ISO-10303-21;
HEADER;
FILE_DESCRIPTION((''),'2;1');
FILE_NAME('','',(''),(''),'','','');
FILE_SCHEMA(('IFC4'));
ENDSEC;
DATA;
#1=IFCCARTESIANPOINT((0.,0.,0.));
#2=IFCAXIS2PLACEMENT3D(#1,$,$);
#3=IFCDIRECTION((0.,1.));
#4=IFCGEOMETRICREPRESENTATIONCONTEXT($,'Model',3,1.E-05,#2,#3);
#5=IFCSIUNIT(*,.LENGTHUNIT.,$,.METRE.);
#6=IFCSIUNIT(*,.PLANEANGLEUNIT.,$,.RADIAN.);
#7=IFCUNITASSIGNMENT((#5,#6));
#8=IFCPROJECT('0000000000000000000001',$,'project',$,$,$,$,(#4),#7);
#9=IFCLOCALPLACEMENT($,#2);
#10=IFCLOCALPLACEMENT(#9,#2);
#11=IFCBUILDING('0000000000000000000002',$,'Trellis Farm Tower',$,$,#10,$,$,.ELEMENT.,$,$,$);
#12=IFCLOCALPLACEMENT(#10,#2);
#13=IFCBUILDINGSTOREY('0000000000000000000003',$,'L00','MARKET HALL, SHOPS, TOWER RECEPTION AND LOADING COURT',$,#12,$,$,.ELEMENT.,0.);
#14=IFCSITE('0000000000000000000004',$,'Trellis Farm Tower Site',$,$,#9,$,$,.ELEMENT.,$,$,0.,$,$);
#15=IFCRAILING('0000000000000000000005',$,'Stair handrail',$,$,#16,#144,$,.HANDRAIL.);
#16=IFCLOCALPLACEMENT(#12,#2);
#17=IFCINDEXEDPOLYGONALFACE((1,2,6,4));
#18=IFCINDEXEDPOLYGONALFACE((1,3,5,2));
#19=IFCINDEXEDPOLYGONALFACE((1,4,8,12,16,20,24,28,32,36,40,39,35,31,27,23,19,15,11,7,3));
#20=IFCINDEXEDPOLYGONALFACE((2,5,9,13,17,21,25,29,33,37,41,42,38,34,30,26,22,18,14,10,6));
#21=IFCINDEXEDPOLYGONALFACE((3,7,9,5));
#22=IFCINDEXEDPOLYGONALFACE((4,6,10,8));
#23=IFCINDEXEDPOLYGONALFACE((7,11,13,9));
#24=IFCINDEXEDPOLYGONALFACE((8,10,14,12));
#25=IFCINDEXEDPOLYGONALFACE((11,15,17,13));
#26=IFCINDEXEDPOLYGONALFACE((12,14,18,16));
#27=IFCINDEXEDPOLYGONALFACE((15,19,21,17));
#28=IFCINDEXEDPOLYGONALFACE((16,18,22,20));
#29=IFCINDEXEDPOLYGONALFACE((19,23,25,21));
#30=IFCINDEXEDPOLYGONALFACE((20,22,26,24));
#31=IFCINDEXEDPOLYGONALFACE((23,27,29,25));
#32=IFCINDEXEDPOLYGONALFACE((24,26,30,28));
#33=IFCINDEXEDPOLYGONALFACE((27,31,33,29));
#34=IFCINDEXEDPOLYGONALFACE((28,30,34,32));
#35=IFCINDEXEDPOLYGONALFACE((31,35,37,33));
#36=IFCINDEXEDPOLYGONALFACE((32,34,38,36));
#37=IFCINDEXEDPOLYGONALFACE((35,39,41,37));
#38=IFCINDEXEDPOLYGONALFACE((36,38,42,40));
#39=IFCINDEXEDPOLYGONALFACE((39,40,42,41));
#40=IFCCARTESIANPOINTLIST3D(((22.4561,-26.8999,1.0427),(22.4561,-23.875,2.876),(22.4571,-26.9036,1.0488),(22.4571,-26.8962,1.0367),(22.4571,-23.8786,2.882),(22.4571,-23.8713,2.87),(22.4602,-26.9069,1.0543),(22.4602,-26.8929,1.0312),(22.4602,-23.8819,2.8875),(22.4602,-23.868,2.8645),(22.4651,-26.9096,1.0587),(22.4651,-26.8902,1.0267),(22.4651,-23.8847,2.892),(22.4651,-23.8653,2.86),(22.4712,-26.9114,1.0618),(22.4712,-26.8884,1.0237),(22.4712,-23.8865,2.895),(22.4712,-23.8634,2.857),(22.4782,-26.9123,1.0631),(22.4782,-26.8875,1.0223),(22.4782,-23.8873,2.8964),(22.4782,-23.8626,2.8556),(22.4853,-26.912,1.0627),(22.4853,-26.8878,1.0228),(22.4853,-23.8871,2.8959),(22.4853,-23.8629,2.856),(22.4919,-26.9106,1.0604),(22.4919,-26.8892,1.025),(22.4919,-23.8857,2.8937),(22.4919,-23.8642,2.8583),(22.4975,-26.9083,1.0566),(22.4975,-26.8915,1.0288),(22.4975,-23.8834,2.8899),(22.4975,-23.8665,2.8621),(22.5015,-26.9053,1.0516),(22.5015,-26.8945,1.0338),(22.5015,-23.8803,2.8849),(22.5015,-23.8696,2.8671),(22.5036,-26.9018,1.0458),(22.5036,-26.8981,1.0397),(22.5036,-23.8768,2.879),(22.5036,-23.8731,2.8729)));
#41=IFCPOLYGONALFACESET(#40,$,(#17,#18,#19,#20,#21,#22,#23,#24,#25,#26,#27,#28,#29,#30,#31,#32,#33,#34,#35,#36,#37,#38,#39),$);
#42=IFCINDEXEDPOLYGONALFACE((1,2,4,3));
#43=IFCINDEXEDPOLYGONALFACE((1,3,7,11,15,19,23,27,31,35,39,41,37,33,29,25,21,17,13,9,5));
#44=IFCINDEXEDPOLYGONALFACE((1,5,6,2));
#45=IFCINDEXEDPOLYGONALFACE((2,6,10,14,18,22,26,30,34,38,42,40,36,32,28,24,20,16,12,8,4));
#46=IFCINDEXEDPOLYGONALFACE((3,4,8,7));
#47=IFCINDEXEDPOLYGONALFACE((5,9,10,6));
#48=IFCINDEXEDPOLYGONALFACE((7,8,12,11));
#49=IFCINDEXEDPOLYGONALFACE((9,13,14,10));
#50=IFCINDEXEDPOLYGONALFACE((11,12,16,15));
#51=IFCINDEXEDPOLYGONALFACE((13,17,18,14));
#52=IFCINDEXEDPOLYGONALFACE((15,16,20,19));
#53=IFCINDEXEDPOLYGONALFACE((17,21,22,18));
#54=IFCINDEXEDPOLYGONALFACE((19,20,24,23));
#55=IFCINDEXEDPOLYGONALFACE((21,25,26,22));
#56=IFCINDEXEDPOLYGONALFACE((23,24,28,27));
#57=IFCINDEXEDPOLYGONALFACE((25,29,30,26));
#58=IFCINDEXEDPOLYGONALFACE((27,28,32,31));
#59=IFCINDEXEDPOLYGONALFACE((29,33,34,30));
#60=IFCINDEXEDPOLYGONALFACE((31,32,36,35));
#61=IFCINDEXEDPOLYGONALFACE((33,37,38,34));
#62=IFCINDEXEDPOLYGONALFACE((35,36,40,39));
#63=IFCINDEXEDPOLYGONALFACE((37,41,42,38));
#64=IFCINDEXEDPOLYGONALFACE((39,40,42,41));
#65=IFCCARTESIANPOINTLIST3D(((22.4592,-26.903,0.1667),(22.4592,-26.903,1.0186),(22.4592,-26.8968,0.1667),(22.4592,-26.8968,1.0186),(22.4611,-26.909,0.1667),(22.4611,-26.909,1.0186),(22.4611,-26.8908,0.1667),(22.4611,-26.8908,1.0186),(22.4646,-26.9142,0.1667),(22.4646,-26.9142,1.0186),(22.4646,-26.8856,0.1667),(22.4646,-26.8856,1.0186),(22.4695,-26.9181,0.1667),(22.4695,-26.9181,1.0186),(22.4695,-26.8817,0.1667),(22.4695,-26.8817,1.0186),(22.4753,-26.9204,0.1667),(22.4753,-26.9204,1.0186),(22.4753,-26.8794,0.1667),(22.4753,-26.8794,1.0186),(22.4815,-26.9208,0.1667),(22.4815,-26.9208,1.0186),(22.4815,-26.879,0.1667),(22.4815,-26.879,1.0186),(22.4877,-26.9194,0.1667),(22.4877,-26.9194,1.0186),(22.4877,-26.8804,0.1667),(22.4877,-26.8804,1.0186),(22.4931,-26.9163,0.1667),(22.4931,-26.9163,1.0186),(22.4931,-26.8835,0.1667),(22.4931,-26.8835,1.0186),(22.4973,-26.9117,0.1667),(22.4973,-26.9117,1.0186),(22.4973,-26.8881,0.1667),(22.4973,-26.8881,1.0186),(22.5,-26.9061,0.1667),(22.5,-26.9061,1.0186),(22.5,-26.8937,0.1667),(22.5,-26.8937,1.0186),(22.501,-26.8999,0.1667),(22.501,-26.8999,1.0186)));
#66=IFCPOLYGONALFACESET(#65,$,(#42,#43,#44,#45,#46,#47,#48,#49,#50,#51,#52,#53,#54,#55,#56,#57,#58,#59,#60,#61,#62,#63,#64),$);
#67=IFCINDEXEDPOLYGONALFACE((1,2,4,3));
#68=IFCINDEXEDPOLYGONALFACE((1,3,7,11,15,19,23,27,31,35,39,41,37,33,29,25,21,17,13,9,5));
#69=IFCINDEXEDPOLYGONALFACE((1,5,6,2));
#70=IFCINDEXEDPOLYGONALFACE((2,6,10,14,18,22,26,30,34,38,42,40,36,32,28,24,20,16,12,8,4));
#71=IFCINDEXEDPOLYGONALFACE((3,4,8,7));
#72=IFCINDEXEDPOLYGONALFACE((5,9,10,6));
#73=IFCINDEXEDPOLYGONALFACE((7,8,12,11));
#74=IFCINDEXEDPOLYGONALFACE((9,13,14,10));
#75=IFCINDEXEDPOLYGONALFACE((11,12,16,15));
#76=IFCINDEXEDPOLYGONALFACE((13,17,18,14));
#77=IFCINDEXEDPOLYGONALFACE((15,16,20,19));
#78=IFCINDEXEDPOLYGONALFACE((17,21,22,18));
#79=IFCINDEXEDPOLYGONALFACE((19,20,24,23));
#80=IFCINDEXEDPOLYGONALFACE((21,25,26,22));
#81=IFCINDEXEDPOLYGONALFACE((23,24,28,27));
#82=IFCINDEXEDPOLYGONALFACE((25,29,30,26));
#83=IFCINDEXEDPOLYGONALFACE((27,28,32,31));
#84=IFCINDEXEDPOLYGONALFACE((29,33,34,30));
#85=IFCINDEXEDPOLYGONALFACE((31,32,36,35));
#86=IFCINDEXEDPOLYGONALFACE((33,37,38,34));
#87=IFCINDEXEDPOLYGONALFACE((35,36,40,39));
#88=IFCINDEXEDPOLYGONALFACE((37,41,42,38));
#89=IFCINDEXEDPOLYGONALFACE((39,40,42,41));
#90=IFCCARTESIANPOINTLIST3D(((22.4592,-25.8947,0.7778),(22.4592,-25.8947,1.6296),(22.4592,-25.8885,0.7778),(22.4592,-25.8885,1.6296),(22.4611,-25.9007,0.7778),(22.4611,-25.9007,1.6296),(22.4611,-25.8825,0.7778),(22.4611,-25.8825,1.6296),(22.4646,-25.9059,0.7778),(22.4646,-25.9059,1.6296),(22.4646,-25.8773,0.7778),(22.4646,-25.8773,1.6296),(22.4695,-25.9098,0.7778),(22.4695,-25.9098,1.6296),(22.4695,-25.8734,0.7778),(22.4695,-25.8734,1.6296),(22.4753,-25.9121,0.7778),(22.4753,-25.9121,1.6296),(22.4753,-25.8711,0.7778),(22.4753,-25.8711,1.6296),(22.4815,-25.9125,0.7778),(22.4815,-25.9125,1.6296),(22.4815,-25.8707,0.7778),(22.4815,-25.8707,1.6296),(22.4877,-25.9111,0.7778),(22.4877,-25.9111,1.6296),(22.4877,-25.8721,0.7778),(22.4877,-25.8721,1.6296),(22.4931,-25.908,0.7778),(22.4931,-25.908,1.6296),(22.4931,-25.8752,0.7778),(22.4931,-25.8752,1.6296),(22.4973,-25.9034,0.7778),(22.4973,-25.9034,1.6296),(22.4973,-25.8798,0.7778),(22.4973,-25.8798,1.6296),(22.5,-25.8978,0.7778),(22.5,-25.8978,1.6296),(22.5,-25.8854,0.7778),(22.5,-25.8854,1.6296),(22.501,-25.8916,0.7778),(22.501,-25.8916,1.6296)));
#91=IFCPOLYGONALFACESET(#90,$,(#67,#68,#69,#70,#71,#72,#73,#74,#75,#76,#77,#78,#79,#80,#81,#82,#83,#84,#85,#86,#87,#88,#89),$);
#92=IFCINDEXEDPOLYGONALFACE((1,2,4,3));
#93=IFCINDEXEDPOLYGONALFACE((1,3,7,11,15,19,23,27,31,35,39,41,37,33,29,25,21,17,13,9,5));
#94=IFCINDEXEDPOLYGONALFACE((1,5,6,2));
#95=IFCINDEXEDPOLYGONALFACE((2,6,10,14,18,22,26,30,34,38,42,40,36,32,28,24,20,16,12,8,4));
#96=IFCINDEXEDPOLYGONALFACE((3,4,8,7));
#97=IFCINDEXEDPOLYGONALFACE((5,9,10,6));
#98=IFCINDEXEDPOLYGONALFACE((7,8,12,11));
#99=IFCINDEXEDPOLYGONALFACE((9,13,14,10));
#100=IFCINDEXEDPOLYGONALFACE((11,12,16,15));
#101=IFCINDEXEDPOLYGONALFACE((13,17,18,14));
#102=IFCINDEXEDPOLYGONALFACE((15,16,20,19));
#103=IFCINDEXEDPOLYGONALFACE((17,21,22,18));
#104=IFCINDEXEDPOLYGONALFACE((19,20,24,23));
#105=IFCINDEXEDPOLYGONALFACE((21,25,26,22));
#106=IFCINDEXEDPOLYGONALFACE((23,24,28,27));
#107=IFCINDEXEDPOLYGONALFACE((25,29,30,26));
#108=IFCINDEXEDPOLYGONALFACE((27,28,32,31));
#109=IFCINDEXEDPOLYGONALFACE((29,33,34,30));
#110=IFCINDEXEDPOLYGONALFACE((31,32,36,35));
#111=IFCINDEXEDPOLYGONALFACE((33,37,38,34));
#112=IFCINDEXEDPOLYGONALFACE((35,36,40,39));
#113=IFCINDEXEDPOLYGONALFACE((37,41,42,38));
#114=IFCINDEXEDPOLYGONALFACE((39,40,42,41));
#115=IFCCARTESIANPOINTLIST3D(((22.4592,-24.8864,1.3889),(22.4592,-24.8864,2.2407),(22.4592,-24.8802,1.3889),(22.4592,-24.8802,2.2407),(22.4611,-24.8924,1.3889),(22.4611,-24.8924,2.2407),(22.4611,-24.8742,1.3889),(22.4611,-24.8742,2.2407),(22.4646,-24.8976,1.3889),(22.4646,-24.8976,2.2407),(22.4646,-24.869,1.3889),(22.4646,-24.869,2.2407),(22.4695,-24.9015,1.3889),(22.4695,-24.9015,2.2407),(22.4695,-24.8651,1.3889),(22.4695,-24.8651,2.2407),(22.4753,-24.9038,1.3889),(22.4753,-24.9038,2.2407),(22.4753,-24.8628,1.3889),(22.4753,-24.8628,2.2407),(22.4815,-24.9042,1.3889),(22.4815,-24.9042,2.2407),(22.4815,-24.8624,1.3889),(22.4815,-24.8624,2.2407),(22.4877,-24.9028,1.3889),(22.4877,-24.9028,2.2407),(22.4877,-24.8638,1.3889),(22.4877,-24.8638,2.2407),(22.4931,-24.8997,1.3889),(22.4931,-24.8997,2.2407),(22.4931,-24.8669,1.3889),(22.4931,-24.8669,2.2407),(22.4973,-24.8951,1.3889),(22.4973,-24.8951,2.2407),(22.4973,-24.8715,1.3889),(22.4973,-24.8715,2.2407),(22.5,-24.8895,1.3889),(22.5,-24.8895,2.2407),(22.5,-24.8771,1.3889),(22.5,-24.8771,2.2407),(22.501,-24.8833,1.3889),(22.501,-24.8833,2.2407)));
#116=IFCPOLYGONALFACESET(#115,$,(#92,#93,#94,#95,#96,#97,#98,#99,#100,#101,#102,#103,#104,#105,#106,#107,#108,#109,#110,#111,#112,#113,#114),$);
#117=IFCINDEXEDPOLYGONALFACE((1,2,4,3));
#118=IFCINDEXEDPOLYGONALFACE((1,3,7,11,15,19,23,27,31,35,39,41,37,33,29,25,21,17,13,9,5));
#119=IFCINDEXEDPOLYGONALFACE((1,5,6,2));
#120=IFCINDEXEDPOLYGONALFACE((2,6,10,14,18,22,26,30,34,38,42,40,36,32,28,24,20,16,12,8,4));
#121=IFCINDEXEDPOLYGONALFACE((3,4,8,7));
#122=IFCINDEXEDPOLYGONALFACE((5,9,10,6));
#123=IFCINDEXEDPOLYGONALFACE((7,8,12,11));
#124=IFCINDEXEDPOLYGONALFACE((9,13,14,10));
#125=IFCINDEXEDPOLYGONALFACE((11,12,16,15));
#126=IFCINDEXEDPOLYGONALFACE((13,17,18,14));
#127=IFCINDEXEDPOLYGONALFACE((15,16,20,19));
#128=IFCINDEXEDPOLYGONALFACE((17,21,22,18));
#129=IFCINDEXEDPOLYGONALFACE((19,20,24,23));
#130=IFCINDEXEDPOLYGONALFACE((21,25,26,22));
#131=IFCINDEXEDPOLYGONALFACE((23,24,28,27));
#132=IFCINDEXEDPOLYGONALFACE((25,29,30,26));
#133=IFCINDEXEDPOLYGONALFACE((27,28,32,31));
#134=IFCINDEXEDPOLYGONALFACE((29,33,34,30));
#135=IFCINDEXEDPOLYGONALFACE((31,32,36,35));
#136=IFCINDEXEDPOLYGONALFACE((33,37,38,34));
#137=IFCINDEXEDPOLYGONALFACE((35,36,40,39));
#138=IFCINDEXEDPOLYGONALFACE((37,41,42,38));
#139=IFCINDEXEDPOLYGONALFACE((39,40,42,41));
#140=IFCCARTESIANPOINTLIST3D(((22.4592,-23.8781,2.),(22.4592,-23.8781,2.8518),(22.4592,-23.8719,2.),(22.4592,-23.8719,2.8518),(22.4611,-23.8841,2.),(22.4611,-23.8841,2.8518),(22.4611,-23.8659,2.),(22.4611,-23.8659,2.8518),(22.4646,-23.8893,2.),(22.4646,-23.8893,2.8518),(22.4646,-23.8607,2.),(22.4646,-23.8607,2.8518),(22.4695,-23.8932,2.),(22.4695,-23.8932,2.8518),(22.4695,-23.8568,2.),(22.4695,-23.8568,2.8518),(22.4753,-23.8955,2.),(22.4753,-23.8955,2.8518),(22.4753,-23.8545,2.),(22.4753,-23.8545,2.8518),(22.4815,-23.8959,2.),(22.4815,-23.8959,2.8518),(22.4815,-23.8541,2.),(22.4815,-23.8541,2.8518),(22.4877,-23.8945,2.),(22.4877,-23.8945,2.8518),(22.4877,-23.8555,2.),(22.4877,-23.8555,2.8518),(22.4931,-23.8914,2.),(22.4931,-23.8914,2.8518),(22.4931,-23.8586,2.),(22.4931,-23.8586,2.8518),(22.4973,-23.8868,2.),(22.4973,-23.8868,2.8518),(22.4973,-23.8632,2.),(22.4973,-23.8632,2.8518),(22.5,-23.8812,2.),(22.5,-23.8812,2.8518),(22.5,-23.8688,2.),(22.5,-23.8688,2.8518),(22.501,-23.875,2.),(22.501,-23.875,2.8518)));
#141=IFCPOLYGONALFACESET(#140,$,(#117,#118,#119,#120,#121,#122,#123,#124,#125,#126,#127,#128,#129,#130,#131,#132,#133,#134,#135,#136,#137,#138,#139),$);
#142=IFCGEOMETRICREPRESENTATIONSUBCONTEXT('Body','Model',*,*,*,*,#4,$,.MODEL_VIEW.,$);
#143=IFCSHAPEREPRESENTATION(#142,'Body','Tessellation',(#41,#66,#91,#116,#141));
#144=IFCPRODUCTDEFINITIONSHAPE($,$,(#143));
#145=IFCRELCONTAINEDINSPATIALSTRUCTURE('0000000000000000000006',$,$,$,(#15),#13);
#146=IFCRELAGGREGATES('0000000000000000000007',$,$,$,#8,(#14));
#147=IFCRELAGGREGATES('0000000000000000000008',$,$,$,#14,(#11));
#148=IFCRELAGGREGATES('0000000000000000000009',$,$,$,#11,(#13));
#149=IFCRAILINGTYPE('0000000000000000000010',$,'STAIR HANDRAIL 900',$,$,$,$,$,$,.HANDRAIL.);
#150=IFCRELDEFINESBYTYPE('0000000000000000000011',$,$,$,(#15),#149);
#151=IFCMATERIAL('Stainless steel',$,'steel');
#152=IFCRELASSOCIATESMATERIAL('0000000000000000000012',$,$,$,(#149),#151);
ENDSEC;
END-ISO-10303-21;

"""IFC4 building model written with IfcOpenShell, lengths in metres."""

from ifc_helpers import new_model, si_unit, direction, frame, origin, origin_2d, place, context, subcontext, project, spatial, circle, extrude, source, transform, mapped, material, type_object, element, save


model = new_model("IFC4")

# Units and contexts
model_context = context("Model", 3, precision=1e-05, world=origin(), true_north=direction((0.0, 1.0)))
body_context = subcontext(model_context, "Body", "Model", "MODEL_VIEW")
ifc_project = project(units=[si_unit("LENGTHUNIT", "METRE"), si_unit("PLANEANGLEUNIT", "RADIAN")], contexts=[model_context])

# Site, building, storey
site_placement = place(None, origin())
site = spatial("IfcSite", under=ifc_project, at=site_placement, Name="Trellis Farm Tower Site", CompositionType="ELEMENT", RefElevation=0.0)
building_placement = place(site_placement, origin())
building = spatial("IfcBuilding", under=site, at=building_placement, Name="Trellis Farm Tower", CompositionType="ELEMENT")
storey_placement = place(building_placement, origin())
storey = spatial("IfcBuildingStorey", under=building, at=storey_placement, Name="L00", Description="MARKET HALL, SHOPS, TOWER RECEPTION AND LOADING COURT", CompositionType="ELEMENT", Elevation=0.0)

# Railing
ifc_material_1 = material(Name="Stainless steel", Category="steel")
railing_type = type_object("IfcRailingType", Name="STAIR HANDRAIL 900", PredefinedType="HANDRAIL", material=ifc_material_1)
shared_shape_1 = source(origin(), body_context, "Body", "SweptSolid", [
    extrude(circle(Radius=0.0239, at=origin_2d()), frame((0.0, 0.0, 0.876), z_axis=(0.0, 0.855201, 0.518297), x_axis=(-1.0, 0.0, 0.0)), (0.0, 0.0, 1.0), 3.5371),
    extrude(circle(Radius=0.021, at=origin_2d()), origin(), (0.0, 0.0, 1.0), 0.8518),
    extrude(circle(Radius=0.021, at=origin_2d()), frame((0.0, 1.0083, 0.6111)), (0.0, 0.0, 1.0), 0.8518),
    extrude(circle(Radius=0.021, at=origin_2d()), frame((0.0, 2.0166, 1.2222)), (0.0, 0.0, 1.0), 0.8518),
    extrude(circle(Radius=0.021, at=origin_2d()), frame((0.0, 3.0249, 1.8333)), (0.0, 0.0, 1.0), 0.8518),
])
for number, where, name in (
    (1, (22.48, -26.8999, 0.1667), "Stair handrail"),
):
    element("IfcRailing", number, at=place(storey_placement, frame(where)), inside=storey, type_object=railing_type, Name=name, PredefinedType="HANDRAIL", context=body_context, shape_type="MappedRepresentation", body=[
        mapped(shared_shape_1, transform((0.0, 0.0, 0.0))),
    ])

save(model, "model.ifc")
